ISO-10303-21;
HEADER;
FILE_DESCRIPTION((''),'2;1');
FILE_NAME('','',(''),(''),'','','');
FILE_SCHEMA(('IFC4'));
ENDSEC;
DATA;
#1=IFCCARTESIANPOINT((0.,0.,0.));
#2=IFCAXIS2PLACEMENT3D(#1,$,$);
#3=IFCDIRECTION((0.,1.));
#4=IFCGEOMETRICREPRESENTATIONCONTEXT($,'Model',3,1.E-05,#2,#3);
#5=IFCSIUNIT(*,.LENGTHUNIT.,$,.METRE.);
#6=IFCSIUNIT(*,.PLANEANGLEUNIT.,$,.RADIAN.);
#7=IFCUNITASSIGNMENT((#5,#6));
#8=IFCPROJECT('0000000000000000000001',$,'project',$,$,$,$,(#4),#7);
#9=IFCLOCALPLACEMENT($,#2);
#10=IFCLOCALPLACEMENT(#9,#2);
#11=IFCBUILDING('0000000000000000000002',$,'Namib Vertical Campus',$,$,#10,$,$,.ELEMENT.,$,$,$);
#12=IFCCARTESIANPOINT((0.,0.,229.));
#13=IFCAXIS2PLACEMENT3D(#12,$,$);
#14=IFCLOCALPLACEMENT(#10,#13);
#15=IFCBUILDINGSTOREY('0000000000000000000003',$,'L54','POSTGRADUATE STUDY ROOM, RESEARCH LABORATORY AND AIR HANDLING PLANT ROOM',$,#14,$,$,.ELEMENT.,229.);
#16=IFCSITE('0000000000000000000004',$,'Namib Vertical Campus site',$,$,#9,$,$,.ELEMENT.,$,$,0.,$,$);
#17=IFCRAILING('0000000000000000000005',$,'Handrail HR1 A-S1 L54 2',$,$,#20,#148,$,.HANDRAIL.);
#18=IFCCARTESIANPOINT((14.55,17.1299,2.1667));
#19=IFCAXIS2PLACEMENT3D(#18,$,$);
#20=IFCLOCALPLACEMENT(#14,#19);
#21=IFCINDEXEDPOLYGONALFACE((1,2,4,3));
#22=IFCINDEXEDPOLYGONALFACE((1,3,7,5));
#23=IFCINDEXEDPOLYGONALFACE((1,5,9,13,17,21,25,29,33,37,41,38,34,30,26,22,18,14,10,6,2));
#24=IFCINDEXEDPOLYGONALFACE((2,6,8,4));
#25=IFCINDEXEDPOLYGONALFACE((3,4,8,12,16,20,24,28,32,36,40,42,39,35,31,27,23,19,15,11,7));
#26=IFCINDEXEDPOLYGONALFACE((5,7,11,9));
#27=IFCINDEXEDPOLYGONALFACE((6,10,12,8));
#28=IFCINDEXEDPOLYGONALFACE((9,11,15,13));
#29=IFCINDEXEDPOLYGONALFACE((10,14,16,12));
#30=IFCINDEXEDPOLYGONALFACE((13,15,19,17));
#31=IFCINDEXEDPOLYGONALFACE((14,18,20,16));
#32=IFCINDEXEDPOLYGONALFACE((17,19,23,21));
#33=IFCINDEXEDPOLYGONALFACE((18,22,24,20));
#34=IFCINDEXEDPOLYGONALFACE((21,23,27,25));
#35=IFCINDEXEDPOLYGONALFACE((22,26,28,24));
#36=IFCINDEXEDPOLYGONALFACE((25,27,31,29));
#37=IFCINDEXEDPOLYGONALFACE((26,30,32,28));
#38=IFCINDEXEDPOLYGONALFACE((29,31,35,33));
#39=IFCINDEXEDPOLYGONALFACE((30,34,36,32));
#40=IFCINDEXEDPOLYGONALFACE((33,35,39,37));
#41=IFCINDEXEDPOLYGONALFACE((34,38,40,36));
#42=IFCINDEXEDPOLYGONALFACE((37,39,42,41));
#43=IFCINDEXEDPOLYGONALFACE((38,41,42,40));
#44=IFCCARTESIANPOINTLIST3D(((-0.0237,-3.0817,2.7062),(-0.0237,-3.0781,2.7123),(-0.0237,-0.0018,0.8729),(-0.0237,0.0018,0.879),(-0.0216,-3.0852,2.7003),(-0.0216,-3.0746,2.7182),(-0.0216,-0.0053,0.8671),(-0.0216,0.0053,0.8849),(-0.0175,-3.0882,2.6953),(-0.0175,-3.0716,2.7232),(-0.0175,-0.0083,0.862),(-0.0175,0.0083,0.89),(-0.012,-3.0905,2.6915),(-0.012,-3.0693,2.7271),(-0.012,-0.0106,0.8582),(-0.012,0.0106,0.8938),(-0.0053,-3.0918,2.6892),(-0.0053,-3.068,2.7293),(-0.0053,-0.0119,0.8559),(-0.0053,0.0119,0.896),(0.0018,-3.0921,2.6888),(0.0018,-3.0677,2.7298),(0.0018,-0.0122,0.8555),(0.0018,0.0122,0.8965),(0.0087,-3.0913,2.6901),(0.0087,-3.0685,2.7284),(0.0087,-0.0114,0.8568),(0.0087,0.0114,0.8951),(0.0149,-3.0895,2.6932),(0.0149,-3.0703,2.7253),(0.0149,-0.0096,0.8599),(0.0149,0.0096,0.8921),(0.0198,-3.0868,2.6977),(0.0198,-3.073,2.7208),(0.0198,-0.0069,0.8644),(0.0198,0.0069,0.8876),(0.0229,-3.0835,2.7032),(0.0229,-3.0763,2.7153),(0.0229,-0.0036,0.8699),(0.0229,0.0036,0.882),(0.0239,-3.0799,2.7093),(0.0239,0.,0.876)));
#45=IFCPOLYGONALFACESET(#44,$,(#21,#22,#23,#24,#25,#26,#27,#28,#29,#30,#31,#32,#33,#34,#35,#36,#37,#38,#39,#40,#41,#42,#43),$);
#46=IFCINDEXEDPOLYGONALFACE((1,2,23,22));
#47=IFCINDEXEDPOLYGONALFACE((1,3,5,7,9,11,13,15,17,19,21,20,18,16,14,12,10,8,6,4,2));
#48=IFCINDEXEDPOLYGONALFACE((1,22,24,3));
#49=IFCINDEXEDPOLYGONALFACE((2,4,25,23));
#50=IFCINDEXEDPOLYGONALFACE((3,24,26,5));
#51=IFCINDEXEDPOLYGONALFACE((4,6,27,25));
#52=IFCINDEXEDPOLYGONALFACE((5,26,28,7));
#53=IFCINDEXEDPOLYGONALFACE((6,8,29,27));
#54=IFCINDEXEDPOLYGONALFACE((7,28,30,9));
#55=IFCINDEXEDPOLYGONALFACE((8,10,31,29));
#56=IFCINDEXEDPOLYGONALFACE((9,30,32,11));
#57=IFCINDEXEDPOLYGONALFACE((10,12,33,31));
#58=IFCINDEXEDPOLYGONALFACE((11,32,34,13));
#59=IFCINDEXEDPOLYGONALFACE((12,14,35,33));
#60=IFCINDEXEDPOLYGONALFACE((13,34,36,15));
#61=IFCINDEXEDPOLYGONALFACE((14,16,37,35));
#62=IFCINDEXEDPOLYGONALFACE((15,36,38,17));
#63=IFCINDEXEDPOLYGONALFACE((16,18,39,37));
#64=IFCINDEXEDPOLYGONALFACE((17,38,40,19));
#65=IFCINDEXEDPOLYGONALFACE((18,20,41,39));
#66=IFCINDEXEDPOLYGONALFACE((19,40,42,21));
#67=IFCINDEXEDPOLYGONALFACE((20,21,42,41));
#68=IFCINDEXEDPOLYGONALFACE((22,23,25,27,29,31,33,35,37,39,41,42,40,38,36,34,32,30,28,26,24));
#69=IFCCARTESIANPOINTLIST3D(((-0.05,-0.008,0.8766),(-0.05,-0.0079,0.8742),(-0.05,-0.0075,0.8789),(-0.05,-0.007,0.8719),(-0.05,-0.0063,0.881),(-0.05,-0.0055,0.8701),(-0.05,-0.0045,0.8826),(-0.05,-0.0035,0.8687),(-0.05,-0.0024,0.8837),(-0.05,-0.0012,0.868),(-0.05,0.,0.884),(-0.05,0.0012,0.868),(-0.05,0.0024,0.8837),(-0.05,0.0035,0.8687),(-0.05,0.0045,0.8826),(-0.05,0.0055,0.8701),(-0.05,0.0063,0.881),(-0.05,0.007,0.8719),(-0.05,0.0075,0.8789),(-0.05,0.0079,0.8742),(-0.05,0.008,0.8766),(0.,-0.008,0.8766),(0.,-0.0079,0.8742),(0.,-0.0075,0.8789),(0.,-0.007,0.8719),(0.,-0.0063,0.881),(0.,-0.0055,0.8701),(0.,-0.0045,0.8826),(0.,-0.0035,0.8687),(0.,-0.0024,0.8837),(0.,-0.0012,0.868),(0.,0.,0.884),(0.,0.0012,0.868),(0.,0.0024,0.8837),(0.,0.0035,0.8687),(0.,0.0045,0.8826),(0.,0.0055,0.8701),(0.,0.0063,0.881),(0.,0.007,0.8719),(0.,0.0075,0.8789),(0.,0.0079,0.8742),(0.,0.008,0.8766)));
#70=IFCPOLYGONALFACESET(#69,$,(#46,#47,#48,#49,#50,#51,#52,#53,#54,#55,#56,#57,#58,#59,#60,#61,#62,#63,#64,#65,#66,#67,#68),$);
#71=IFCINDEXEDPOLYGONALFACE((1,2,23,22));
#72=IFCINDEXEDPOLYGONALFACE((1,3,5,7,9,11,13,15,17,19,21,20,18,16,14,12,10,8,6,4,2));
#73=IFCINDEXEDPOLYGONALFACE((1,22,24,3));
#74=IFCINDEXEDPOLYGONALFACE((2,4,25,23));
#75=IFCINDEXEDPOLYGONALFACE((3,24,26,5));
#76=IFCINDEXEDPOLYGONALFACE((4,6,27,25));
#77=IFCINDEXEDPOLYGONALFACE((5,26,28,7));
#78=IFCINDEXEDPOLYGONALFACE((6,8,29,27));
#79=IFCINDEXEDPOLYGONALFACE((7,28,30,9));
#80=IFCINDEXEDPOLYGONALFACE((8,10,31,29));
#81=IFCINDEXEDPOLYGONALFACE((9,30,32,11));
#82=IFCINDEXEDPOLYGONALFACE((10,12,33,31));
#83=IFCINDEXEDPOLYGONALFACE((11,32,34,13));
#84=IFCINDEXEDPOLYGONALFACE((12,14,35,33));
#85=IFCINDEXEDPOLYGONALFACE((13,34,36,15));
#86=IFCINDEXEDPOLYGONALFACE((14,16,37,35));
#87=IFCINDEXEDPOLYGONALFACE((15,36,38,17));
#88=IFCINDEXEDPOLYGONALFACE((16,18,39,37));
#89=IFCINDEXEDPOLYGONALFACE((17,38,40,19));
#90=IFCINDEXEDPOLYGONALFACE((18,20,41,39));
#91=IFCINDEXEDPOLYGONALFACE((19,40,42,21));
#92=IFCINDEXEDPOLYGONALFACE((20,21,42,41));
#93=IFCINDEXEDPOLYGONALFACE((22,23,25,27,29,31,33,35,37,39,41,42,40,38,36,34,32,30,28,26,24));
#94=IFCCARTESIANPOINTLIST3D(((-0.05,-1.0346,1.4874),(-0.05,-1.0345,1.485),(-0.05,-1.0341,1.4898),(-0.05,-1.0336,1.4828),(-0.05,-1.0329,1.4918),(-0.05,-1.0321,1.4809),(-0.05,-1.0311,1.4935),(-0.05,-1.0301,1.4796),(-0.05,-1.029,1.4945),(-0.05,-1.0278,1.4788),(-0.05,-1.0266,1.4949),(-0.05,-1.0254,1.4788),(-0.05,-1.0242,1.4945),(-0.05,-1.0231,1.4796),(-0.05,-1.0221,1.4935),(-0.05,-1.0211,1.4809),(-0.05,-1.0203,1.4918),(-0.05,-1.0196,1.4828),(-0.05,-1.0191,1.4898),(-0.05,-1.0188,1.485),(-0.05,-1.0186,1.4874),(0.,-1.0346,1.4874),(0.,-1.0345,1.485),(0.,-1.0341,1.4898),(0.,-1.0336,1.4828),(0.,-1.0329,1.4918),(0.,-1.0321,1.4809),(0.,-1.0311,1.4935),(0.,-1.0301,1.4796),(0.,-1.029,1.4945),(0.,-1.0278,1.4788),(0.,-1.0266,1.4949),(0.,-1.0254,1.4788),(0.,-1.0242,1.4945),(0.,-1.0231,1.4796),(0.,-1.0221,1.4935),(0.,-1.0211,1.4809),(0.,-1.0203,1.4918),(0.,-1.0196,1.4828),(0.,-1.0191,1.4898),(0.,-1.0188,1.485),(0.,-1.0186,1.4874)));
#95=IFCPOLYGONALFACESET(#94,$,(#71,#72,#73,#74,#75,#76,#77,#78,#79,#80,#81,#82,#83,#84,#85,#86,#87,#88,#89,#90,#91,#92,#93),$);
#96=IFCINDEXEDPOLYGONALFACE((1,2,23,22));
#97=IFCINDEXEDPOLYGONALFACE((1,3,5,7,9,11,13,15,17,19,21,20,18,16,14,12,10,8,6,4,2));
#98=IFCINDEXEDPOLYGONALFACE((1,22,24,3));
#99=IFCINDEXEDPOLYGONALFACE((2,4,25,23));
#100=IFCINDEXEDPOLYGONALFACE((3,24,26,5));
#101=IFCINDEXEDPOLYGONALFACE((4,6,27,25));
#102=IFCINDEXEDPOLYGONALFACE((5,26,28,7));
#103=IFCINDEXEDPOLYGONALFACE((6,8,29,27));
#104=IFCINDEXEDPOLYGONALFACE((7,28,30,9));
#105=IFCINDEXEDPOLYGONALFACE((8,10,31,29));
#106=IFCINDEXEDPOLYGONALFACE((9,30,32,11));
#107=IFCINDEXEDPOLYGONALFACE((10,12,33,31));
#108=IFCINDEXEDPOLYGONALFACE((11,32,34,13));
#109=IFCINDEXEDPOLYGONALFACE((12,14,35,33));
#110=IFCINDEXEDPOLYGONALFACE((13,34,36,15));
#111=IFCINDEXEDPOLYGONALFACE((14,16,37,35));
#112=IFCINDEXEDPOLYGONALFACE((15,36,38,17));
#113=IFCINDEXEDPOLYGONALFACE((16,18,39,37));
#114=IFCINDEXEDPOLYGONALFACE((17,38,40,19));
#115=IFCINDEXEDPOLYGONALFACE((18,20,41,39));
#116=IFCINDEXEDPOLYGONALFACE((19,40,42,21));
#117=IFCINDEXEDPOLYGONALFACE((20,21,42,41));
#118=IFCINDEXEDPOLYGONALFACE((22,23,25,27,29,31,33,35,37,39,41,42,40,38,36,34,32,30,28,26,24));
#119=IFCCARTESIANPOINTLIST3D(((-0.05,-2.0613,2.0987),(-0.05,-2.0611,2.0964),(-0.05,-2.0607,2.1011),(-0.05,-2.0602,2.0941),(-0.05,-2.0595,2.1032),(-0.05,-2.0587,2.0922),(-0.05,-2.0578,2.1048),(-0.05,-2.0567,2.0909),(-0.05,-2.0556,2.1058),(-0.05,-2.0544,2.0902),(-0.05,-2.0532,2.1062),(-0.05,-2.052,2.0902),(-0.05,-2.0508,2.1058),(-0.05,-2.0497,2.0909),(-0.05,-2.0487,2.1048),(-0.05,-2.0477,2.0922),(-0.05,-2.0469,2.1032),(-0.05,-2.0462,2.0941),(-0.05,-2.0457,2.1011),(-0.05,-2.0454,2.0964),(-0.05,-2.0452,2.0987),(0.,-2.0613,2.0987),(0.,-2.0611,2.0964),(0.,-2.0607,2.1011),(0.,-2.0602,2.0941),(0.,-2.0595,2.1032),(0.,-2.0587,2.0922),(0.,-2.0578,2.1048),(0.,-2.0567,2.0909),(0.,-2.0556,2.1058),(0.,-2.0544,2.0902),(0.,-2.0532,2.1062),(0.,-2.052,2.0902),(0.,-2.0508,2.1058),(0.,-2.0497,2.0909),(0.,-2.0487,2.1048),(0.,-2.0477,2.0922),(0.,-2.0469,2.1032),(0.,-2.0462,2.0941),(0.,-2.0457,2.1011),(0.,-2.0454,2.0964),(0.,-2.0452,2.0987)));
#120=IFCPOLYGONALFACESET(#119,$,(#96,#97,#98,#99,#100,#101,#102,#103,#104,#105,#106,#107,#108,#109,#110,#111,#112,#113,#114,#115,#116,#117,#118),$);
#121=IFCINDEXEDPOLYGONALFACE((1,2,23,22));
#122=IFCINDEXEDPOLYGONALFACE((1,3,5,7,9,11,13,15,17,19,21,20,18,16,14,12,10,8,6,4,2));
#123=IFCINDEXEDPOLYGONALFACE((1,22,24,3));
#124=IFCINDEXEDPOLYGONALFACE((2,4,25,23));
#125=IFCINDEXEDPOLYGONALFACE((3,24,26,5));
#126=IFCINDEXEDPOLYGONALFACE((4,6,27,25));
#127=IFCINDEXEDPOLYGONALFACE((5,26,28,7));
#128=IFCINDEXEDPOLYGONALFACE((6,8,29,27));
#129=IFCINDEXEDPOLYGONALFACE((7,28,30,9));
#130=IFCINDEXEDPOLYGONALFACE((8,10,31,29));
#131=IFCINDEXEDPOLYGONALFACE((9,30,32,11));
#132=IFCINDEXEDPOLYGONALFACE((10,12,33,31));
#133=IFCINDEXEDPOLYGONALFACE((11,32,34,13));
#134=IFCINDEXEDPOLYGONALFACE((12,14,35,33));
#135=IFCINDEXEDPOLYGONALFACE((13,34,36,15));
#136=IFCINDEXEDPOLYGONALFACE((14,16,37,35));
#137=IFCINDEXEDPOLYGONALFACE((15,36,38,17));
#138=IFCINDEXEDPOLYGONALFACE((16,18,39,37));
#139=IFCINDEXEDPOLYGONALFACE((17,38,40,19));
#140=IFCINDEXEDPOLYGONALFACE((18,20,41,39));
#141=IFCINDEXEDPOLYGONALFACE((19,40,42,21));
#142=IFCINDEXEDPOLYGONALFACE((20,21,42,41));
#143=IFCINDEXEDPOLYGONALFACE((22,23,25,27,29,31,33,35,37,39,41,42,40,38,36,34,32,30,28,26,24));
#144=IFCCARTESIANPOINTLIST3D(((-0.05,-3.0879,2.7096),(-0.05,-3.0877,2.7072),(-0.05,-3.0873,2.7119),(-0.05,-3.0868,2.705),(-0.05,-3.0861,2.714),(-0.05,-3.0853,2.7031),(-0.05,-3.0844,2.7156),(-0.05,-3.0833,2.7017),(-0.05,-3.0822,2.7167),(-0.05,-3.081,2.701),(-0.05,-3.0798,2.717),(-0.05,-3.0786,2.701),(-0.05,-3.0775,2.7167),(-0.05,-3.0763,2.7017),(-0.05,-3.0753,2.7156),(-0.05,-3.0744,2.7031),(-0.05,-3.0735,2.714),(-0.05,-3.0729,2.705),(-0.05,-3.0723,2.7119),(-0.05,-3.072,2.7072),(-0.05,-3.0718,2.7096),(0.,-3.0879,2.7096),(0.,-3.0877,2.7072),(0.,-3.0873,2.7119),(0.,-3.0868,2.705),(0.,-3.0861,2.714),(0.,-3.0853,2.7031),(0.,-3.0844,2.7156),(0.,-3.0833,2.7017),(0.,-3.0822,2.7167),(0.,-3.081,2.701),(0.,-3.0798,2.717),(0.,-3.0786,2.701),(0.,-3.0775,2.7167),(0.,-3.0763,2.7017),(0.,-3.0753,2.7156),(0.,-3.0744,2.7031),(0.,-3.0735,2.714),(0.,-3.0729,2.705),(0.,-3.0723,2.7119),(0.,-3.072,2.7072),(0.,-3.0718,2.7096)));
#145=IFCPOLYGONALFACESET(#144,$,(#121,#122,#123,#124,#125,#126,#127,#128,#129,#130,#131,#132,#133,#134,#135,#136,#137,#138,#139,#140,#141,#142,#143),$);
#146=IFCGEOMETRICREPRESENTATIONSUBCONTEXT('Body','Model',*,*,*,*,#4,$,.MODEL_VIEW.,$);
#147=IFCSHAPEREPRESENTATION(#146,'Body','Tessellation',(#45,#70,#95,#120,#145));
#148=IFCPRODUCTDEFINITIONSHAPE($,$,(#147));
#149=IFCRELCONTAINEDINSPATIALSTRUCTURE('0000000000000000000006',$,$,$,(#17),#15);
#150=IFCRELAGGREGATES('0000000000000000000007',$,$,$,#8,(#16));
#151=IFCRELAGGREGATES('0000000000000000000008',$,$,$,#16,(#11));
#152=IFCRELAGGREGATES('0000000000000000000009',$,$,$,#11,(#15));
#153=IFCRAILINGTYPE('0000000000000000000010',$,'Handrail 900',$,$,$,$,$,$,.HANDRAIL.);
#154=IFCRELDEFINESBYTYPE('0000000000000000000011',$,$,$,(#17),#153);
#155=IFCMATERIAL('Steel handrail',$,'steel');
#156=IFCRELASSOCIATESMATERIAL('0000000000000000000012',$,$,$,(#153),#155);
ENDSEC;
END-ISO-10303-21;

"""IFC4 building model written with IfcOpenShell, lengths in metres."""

from ifc_helpers import new_model, si_unit, direction, frame, origin, origin_2d, place, context, subcontext, project, spatial, circle, extrude, material, type_object, element, save


model = new_model("IFC4")

# Units and contexts
model_context = context("Model", 3, precision=1e-05, world=origin(), true_north=direction((0.0, 1.0)))
body_context = subcontext(model_context, "Body", "Model", "MODEL_VIEW")
ifc_project = project(units=[si_unit("LENGTHUNIT", "METRE"), si_unit("PLANEANGLEUNIT", "RADIAN")], contexts=[model_context])

# Site, building, storey
site_placement = place(None, origin())
site = spatial("IfcSite", under=ifc_project, at=site_placement, Name="Namib Vertical Campus site", CompositionType="ELEMENT", RefElevation=0.0)
building_placement = place(site_placement, origin())
building = spatial("IfcBuilding", under=site, at=building_placement, Name="Namib Vertical Campus", CompositionType="ELEMENT")
storey_placement = place(building_placement, frame((0.0, 0.0, 229.0)))
storey = spatial("IfcBuildingStorey", under=building, at=storey_placement, Name="L54", Description="POSTGRADUATE STUDY ROOM, RESEARCH LABORATORY AND AIR HANDLING PLANT ROOM", CompositionType="ELEMENT", Elevation=229.0)

# Railing
ifc_material_1 = material(Name="Steel handrail", Category="steel")
railing_type = type_object("IfcRailingType", Name="Handrail 900", PredefinedType="HANDRAIL", material=ifc_material_1)
railing_placement = place(storey_placement, frame((14.55, 17.1299, 2.1667)))
element("IfcRailing", 1, at=railing_placement, inside=storey, type_object=railing_type, Name="Handrail HR1 A-S1 L54 2", PredefinedType="HANDRAIL", context=body_context, shape_type="SweptSolid", body=[
    extrude(circle(Radius=0.0239, at=origin_2d()), frame((0.0, 0.0, 0.876), z_axis=(0.0, -0.859291, 0.511487), x_axis=(1.0, 0.0, 0.0)), (0.0, 0.0, 1.0), 3.5842),
    extrude(circle(Radius=0.0081, at=origin_2d()), frame((0.0, 0.0, 0.876), z_axis=(-1.0, 0.0, 0.0), x_axis=(0.0, 0.0, 1.0)), (0.0, 0.0, 1.0), 0.05),
    extrude(circle(Radius=0.0081, at=origin_2d()), frame((0.0, -1.0266, 1.4868), z_axis=(-1.0, 0.0, 0.0), x_axis=(0.0, 0.0, 1.0)), (0.0, 0.0, 1.0), 0.05),
    extrude(circle(Radius=0.0081, at=origin_2d()), frame((0.0, -2.0532, 2.0981), z_axis=(-1.0, 0.0, 0.0), x_axis=(0.0, 0.0, 1.0)), (0.0, 0.0, 1.0), 0.05),
    extrude(circle(Radius=0.0081, at=origin_2d()), frame((0.0, -3.0798, 2.709), z_axis=(-1.0, 0.0, 0.0), x_axis=(0.0, 0.0, 1.0)), (0.0, 0.0, 1.0), 0.05),
])

save(model, "model.ifc")
